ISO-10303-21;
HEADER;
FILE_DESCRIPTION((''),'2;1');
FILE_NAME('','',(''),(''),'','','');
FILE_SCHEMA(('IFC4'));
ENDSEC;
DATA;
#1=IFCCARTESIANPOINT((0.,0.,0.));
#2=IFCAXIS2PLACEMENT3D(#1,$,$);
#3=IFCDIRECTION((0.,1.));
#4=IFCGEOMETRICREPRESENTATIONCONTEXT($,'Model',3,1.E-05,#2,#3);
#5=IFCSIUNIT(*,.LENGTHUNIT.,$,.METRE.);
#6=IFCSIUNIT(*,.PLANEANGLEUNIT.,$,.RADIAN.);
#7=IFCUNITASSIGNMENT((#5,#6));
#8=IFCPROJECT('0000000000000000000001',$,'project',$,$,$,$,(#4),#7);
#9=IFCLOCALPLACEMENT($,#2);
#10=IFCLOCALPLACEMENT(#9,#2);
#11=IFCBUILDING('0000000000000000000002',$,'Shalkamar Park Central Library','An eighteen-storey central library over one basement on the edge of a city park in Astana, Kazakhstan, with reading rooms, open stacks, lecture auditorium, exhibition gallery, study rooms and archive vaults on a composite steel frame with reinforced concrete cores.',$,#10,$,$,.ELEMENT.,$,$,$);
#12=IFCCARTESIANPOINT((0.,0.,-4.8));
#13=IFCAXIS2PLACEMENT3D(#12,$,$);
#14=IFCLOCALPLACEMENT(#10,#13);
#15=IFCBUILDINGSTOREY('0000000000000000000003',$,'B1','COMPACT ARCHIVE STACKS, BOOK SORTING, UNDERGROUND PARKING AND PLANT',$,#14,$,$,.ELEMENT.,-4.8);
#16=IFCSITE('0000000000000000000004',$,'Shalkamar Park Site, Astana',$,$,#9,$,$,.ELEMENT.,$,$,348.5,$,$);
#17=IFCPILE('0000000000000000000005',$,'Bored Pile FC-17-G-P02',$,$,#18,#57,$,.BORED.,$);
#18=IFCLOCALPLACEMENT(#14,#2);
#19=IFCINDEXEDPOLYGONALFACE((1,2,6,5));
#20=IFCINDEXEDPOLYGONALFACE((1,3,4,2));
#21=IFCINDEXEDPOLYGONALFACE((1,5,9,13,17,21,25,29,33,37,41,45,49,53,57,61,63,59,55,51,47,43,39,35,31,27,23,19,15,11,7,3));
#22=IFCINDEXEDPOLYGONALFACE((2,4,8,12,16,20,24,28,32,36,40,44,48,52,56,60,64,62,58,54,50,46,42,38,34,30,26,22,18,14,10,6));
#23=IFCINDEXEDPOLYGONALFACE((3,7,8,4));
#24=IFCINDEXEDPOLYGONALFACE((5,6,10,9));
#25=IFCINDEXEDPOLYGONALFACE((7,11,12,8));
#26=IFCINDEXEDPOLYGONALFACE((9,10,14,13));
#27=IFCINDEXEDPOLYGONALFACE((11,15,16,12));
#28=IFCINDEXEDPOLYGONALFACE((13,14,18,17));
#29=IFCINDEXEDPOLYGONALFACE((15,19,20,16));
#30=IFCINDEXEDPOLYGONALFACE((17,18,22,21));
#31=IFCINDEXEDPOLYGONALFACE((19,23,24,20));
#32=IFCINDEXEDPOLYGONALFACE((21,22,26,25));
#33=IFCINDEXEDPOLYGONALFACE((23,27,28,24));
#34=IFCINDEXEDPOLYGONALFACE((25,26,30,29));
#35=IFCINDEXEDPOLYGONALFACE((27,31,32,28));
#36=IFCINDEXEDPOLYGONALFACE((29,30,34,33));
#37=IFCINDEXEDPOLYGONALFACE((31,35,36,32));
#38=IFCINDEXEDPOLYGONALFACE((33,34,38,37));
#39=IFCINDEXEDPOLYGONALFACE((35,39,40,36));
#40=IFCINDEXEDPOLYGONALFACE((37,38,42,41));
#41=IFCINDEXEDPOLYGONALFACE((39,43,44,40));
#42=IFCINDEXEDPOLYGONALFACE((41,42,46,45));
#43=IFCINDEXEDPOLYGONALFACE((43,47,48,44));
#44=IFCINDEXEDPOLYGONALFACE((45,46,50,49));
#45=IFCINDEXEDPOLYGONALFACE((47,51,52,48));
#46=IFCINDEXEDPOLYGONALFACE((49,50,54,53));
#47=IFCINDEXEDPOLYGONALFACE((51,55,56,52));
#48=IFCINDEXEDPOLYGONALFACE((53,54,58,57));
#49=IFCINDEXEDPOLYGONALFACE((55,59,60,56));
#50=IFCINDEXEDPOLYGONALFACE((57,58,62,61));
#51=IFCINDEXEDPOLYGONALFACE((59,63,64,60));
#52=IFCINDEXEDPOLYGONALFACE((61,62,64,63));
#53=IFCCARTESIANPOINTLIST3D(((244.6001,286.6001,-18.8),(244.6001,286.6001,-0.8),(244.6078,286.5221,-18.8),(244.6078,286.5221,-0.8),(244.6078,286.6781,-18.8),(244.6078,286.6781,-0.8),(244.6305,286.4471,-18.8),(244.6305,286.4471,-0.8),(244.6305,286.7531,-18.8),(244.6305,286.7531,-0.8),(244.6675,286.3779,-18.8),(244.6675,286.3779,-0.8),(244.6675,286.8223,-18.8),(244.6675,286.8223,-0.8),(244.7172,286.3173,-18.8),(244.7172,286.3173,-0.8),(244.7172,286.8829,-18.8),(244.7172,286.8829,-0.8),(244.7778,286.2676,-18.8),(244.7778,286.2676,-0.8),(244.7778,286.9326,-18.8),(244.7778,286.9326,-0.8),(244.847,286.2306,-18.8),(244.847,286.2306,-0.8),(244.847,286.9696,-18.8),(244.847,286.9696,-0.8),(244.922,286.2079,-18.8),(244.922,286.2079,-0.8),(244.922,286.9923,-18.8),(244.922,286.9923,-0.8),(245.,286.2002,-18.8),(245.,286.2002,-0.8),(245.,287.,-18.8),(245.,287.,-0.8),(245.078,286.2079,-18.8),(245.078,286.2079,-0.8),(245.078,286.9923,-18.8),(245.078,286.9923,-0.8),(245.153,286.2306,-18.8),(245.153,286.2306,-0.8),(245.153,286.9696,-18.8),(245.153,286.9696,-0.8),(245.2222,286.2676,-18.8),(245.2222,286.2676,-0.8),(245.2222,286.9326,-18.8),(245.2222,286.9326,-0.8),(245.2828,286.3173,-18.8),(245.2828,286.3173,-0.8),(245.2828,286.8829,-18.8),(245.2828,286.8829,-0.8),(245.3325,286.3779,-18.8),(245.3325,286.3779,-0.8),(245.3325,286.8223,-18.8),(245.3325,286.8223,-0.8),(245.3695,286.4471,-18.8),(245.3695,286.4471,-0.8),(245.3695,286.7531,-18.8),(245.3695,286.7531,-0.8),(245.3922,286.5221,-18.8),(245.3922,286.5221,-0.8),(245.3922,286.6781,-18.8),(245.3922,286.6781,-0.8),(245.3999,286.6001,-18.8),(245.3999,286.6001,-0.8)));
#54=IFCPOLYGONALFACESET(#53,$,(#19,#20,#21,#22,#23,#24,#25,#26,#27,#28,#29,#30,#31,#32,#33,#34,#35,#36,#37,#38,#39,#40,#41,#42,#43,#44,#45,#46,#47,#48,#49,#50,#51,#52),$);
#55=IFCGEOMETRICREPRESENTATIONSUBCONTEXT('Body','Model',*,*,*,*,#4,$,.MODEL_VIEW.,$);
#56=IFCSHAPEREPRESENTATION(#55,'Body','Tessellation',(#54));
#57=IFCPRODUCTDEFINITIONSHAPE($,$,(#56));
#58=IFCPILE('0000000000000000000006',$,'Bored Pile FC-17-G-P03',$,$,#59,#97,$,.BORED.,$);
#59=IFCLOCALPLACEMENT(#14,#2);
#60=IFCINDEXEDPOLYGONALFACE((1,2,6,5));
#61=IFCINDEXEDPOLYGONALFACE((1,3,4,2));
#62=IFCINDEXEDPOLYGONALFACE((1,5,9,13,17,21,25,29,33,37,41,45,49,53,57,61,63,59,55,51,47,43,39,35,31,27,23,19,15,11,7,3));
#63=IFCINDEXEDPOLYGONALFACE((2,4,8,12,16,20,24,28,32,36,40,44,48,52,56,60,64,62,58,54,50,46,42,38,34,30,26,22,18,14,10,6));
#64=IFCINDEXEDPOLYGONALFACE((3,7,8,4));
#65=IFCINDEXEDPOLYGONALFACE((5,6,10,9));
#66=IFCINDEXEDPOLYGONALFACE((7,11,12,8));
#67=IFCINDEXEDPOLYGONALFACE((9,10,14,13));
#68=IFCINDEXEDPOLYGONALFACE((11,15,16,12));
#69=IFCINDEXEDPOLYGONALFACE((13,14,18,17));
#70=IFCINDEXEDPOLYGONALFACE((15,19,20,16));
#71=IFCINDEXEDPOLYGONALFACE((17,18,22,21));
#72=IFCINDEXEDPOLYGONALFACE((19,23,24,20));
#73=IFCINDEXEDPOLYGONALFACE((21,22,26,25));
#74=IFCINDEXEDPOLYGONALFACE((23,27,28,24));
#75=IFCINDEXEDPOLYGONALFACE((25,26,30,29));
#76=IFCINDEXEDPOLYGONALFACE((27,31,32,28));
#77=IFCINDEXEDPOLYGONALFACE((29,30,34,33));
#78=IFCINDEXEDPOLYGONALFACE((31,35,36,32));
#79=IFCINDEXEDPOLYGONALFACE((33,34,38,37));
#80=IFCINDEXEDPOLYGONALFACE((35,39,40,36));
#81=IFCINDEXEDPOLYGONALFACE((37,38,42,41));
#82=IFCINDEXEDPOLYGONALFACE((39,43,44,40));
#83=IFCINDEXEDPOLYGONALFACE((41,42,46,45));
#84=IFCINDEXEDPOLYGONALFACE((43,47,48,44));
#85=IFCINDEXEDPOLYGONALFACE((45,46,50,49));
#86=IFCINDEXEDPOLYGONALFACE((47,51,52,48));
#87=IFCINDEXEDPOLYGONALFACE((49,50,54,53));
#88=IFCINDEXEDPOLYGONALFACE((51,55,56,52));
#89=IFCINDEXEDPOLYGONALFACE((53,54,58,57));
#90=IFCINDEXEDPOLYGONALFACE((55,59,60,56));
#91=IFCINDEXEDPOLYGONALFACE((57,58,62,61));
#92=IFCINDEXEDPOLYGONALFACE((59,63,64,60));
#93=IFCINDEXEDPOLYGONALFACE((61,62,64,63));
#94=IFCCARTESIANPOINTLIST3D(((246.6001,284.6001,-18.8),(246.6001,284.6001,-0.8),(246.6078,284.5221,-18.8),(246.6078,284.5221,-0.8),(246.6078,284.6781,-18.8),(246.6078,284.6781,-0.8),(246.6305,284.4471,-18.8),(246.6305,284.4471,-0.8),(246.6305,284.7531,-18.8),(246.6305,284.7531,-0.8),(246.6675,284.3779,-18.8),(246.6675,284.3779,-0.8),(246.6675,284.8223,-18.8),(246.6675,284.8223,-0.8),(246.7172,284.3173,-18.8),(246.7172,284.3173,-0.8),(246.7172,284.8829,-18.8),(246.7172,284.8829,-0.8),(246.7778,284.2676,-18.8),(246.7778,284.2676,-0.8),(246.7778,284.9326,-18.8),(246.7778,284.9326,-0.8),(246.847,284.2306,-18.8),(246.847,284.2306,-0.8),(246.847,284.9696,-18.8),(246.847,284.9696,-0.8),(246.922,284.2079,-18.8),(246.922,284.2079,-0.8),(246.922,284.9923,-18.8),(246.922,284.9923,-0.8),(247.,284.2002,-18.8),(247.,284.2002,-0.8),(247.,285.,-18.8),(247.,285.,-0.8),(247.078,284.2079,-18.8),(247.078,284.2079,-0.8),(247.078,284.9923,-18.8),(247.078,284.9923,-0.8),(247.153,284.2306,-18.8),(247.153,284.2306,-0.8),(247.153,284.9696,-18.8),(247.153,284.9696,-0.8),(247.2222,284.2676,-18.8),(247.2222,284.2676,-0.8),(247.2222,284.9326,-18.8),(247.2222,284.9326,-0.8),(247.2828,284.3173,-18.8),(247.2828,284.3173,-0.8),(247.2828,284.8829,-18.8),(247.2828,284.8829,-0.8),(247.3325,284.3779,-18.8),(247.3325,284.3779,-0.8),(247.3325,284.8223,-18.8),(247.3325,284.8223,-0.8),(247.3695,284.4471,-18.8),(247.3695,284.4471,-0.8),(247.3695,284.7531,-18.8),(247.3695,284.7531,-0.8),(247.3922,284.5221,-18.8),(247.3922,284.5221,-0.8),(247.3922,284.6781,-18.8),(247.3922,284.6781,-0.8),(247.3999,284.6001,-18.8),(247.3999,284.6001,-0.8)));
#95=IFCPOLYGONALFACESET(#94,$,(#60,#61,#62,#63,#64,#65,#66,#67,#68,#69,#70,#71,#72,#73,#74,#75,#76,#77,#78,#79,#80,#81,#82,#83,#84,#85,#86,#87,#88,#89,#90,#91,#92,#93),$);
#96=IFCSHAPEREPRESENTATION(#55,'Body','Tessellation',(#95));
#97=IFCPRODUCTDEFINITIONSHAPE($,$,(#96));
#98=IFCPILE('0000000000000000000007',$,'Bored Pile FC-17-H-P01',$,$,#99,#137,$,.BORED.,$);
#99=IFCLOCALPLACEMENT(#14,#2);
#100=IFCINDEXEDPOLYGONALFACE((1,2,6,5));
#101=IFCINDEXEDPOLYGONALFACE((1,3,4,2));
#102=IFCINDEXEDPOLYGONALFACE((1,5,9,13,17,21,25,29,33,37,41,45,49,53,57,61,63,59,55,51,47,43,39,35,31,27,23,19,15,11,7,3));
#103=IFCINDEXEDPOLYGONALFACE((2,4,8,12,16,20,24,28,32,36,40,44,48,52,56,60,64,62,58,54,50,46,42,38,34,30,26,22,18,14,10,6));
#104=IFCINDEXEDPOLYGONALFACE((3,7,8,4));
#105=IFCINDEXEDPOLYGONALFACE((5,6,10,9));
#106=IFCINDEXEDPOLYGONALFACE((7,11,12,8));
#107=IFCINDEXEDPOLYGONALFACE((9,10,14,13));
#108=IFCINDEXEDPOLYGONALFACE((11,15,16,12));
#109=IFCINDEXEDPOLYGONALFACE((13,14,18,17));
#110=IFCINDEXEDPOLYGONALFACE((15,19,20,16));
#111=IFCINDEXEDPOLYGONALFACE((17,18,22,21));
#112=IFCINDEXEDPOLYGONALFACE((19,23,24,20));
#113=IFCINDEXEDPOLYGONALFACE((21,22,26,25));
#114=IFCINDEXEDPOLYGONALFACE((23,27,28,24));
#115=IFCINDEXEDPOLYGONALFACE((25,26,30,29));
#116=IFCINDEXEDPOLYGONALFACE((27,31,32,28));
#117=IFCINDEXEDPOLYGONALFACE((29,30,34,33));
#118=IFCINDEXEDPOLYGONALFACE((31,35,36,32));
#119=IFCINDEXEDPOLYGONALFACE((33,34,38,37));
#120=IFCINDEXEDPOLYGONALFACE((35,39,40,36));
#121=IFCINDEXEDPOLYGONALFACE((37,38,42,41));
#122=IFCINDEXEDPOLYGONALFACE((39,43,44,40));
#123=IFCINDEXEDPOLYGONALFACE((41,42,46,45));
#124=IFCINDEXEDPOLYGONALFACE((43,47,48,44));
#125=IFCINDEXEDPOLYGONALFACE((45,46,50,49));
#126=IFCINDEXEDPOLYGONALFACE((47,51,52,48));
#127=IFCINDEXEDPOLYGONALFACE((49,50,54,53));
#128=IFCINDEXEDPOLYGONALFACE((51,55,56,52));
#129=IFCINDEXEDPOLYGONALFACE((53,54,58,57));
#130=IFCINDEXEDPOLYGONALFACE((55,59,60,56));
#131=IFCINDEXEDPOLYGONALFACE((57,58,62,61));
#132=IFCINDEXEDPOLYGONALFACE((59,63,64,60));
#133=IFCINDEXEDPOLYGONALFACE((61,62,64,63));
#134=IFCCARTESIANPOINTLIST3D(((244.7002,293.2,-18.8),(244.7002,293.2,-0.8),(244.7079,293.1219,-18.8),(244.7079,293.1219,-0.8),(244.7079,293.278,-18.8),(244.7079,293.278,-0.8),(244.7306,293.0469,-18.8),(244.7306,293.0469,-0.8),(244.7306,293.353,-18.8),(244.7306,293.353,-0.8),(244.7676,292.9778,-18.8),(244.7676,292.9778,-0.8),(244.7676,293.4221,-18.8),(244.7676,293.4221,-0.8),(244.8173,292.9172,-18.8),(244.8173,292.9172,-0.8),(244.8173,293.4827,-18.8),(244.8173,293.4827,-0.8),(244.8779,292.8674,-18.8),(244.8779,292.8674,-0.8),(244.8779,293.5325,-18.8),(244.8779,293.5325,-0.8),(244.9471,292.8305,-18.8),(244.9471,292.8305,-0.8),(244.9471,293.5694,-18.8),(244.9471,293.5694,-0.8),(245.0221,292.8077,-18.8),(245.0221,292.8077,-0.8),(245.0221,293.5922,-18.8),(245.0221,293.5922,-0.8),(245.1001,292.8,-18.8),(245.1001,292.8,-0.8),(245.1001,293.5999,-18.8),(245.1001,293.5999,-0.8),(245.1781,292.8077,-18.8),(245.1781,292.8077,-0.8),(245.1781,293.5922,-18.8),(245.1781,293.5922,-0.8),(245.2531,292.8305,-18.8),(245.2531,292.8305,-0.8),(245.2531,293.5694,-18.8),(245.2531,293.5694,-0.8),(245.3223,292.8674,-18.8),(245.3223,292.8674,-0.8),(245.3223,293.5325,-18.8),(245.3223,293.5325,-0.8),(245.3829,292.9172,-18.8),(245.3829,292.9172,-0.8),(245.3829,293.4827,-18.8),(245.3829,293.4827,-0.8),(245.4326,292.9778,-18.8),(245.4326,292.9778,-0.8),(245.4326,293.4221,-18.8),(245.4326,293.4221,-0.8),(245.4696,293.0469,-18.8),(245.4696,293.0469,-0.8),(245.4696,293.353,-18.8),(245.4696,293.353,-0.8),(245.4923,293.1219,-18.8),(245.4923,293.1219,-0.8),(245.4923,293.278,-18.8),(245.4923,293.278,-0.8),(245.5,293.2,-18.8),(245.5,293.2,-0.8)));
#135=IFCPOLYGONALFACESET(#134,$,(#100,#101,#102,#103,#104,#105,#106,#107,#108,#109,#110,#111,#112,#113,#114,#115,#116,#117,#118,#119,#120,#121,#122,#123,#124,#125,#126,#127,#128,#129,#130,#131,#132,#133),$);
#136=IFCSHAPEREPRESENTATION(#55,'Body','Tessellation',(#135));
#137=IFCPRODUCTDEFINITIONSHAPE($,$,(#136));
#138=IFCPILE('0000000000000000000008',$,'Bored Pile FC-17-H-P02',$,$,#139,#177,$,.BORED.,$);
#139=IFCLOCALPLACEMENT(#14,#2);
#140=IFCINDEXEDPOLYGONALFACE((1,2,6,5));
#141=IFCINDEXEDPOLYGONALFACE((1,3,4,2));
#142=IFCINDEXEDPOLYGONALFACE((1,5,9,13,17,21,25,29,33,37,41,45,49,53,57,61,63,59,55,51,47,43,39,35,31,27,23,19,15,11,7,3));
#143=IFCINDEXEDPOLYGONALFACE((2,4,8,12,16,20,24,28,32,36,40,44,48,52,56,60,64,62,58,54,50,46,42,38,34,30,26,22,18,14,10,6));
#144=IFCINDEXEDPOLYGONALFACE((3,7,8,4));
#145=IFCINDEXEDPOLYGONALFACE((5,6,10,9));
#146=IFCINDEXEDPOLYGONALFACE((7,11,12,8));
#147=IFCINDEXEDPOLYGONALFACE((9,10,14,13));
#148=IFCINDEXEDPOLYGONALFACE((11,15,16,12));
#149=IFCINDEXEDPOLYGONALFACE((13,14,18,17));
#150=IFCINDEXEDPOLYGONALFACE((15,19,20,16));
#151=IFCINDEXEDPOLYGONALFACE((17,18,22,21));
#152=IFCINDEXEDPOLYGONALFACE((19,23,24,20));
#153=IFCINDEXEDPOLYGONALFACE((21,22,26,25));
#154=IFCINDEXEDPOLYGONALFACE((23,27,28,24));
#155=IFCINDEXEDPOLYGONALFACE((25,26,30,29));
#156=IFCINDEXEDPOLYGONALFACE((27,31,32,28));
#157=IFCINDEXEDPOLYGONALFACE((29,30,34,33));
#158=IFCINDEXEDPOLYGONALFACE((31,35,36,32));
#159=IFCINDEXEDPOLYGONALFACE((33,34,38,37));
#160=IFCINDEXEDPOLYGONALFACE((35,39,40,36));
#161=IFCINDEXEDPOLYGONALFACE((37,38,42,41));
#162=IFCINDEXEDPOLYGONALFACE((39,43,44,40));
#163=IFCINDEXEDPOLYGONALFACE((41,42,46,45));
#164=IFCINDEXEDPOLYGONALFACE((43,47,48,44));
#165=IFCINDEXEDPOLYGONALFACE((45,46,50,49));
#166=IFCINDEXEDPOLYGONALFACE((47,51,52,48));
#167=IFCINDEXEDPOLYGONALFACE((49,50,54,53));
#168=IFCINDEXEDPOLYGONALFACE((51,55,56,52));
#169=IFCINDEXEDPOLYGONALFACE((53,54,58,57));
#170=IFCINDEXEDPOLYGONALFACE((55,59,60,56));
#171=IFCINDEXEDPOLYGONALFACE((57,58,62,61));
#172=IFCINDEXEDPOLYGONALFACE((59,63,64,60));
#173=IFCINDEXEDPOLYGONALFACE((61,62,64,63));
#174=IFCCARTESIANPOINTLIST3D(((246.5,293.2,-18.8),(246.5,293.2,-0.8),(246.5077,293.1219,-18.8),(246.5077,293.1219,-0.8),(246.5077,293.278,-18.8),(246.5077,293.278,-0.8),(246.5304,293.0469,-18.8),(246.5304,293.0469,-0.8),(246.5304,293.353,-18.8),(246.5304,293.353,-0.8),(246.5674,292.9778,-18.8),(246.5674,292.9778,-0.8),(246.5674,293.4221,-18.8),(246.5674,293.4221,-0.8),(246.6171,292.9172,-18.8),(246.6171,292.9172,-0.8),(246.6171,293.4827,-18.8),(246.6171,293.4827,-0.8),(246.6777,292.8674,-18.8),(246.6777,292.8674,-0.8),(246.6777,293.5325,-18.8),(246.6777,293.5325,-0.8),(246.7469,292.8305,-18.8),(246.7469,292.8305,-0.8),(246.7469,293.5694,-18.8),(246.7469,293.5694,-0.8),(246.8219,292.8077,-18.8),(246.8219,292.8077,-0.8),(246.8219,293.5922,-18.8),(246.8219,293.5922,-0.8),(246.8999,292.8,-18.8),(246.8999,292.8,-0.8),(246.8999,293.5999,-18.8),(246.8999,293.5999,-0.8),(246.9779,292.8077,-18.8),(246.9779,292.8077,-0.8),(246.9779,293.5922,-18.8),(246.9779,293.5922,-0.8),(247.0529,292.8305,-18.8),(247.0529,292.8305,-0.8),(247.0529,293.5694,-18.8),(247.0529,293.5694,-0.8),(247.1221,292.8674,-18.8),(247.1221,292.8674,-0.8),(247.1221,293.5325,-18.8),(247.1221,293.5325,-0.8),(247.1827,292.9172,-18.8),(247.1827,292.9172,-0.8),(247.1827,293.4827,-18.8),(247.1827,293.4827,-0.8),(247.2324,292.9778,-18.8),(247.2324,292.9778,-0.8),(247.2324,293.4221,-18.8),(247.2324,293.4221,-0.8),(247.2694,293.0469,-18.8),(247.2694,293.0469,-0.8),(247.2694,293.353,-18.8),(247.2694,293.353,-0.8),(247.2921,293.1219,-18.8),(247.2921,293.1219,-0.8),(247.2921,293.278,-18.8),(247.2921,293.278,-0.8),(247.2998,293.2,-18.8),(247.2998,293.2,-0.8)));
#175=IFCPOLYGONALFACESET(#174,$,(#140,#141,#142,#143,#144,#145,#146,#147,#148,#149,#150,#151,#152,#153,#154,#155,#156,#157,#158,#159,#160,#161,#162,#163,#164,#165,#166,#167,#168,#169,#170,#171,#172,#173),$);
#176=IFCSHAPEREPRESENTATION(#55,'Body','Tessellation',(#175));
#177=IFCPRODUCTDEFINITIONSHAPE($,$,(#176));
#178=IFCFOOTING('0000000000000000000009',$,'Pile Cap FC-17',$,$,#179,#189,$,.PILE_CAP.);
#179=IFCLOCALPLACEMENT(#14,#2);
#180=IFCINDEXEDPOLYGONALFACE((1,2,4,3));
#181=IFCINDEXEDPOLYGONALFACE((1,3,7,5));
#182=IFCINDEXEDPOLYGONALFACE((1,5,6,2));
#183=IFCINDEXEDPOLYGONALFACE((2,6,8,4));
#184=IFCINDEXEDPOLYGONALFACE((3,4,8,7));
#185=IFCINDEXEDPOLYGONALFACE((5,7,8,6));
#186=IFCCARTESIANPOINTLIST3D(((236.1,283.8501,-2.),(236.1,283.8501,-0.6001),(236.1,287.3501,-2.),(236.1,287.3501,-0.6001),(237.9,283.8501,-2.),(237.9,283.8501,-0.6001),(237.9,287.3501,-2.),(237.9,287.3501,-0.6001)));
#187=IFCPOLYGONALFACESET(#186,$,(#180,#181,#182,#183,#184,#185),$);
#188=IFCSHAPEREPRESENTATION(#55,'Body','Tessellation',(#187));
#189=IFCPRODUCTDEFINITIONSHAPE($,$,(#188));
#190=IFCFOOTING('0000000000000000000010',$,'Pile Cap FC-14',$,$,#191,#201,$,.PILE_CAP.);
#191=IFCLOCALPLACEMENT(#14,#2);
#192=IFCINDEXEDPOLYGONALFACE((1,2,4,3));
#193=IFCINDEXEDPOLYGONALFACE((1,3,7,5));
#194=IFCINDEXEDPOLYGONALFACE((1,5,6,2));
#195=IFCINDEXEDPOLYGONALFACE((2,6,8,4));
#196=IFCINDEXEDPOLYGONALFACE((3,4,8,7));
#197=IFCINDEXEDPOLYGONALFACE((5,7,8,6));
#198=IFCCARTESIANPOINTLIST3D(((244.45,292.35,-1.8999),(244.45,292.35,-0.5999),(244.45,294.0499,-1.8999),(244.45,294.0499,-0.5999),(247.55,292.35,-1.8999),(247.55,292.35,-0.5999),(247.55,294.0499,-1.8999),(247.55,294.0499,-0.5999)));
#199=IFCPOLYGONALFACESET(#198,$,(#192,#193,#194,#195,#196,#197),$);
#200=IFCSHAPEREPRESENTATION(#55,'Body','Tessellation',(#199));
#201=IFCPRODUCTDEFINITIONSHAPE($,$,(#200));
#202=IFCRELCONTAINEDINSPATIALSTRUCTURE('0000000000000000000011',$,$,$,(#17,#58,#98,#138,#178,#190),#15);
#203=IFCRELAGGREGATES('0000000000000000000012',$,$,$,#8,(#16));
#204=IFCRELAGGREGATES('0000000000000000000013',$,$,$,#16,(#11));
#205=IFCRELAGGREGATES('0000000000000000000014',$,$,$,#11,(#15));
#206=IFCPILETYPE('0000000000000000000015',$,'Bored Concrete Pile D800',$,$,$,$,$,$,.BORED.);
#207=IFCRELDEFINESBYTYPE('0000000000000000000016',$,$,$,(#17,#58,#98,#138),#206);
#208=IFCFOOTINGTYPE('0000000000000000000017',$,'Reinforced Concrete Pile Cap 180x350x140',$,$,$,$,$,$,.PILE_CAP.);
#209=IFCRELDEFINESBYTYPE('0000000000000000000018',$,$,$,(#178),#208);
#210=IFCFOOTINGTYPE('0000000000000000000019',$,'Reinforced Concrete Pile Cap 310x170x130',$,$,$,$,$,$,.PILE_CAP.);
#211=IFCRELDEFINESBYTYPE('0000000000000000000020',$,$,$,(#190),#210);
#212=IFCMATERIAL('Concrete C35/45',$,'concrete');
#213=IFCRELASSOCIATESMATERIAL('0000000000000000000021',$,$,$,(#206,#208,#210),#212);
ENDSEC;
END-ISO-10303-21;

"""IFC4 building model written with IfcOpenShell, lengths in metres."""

from ifc_helpers import new_model, si_unit, direction, frame, origin, origin_2d, place, context, subcontext, project, spatial, rectangle, circle, extrude, material, material_profile, profile_set, type_object, element, save


model = new_model("IFC4")

# Units and contexts
model_context = context("Model", 3, precision=1e-05, world=origin(), true_north=direction((0.0, 1.0)))
body_context = subcontext(model_context, "Body", "Model", "MODEL_VIEW")
ifc_project = project(units=[si_unit("LENGTHUNIT", "METRE"), si_unit("PLANEANGLEUNIT", "RADIAN")], contexts=[model_context])

# Site, building, storey
site_placement = place(None, origin())
site = spatial("IfcSite", under=ifc_project, at=site_placement, Name="Shalkamar Park Site, Astana", CompositionType="ELEMENT", RefElevation=348.5)
building_placement = place(site_placement, origin())
building = spatial("IfcBuilding", under=site, at=building_placement, Name="Shalkamar Park Central Library", Description="An eighteen-storey central library over one basement on the edge of a city park in Astana, Kazakhstan, with reading rooms, open stacks, lecture auditorium, exhibition gallery, study rooms and archive vaults on a composite steel frame with reinforced concrete cores.", CompositionType="ELEMENT")
storey_placement = place(building_placement, frame((0.0, 0.0, -4.8)))
storey = spatial("IfcBuildingStorey", under=building, at=storey_placement, Name="B1", Description="COMPACT ARCHIVE STACKS, BOOK SORTING, UNDERGROUND PARKING AND PLANT", CompositionType="ELEMENT", Elevation=-4.8)

# Piles
ifc_material_1 = material(Name="Concrete C35/45", Category="concrete")
ifc_material_profile_1 = material_profile(ifc_material_1, circle(Radius=0.3999, at=origin_2d()), Name="PILE D800")
ifc_profile_set_1 = profile_set([ifc_material_profile_1], Name="Concrete C35/45")
pile_type = type_object("IfcPileType", Name="Bored Concrete Pile D800", PredefinedType="BORED", material=ifc_profile_set_1)
for number, where, z_axis, x_axis, name in (
    (1, (245.0, 286.6001, -0.8), (0.0, 0.0, -1.0), (1.0, 0.0, 0.0), "Bored Pile FC-17-G-P02"),
    (2, (247.0, 284.6001, -0.8), (0.0, 0.0, -1.0), (1.0, 0.0, 0.0), "Bored Pile FC-17-G-P03"),
    (3, (245.1001, 293.2, -0.8), (0.0, 0.0, -1.0), (1.0, 0.0, 0.0), "Bored Pile FC-17-H-P01"),
    (4, (246.8999, 293.2, -0.8), (0.0, 0.0, -1.0), (1.0, 0.0, 0.0), "Bored Pile FC-17-H-P02"),
):
    element("IfcPile", number, at=place(storey_placement, frame(where, z_axis=z_axis, x_axis=x_axis)), inside=storey, type_object=pile_type, Name=name, PredefinedType="BORED", context=body_context, shape_type="SweptSolid", body=[
        extrude(circle(Radius=0.3999, at=origin_2d()), origin(), (0.0, 0.0, 1.0), 18.0),
    ])

# Footings
footing_type_1 = type_object("IfcFootingType", Name="Reinforced Concrete Pile Cap 180x350x140", PredefinedType="PILE_CAP", material=ifc_material_1)
footing_1_placement = place(storey_placement, frame((237.0, 285.6001, -2.0), z_axis=(0.0, 0.0, 1.0), x_axis=(1.0, 0.0, 0.0)))
element("IfcFooting", 5, at=footing_1_placement, inside=storey, type_object=footing_type_1, Name="Pile Cap FC-17", PredefinedType="PILE_CAP", context=body_context, shape_type="SweptSolid", body=[
    extrude(rectangle(XDim=1.8, YDim=3.5, at=origin_2d()), origin(), (0.0, 0.0, 1.0), 1.3999),
])
footing_type_2 = type_object("IfcFootingType", Name="Reinforced Concrete Pile Cap 310x170x130", PredefinedType="PILE_CAP", material=ifc_material_1)
footing_2_placement = place(storey_placement, frame((246.0, 293.2, -1.8999), z_axis=(0.0, 0.0, 1.0), x_axis=(1.0, 0.0, 0.0)))
element("IfcFooting", 6, at=footing_2_placement, inside=storey, type_object=footing_type_2, Name="Pile Cap FC-14", PredefinedType="PILE_CAP", context=body_context, shape_type="SweptSolid", body=[
    extrude(rectangle(XDim=3.1001, YDim=1.7, at=origin_2d()), origin(), (0.0, 0.0, 1.0), 1.3),
])

save(model, "model.ifc")
